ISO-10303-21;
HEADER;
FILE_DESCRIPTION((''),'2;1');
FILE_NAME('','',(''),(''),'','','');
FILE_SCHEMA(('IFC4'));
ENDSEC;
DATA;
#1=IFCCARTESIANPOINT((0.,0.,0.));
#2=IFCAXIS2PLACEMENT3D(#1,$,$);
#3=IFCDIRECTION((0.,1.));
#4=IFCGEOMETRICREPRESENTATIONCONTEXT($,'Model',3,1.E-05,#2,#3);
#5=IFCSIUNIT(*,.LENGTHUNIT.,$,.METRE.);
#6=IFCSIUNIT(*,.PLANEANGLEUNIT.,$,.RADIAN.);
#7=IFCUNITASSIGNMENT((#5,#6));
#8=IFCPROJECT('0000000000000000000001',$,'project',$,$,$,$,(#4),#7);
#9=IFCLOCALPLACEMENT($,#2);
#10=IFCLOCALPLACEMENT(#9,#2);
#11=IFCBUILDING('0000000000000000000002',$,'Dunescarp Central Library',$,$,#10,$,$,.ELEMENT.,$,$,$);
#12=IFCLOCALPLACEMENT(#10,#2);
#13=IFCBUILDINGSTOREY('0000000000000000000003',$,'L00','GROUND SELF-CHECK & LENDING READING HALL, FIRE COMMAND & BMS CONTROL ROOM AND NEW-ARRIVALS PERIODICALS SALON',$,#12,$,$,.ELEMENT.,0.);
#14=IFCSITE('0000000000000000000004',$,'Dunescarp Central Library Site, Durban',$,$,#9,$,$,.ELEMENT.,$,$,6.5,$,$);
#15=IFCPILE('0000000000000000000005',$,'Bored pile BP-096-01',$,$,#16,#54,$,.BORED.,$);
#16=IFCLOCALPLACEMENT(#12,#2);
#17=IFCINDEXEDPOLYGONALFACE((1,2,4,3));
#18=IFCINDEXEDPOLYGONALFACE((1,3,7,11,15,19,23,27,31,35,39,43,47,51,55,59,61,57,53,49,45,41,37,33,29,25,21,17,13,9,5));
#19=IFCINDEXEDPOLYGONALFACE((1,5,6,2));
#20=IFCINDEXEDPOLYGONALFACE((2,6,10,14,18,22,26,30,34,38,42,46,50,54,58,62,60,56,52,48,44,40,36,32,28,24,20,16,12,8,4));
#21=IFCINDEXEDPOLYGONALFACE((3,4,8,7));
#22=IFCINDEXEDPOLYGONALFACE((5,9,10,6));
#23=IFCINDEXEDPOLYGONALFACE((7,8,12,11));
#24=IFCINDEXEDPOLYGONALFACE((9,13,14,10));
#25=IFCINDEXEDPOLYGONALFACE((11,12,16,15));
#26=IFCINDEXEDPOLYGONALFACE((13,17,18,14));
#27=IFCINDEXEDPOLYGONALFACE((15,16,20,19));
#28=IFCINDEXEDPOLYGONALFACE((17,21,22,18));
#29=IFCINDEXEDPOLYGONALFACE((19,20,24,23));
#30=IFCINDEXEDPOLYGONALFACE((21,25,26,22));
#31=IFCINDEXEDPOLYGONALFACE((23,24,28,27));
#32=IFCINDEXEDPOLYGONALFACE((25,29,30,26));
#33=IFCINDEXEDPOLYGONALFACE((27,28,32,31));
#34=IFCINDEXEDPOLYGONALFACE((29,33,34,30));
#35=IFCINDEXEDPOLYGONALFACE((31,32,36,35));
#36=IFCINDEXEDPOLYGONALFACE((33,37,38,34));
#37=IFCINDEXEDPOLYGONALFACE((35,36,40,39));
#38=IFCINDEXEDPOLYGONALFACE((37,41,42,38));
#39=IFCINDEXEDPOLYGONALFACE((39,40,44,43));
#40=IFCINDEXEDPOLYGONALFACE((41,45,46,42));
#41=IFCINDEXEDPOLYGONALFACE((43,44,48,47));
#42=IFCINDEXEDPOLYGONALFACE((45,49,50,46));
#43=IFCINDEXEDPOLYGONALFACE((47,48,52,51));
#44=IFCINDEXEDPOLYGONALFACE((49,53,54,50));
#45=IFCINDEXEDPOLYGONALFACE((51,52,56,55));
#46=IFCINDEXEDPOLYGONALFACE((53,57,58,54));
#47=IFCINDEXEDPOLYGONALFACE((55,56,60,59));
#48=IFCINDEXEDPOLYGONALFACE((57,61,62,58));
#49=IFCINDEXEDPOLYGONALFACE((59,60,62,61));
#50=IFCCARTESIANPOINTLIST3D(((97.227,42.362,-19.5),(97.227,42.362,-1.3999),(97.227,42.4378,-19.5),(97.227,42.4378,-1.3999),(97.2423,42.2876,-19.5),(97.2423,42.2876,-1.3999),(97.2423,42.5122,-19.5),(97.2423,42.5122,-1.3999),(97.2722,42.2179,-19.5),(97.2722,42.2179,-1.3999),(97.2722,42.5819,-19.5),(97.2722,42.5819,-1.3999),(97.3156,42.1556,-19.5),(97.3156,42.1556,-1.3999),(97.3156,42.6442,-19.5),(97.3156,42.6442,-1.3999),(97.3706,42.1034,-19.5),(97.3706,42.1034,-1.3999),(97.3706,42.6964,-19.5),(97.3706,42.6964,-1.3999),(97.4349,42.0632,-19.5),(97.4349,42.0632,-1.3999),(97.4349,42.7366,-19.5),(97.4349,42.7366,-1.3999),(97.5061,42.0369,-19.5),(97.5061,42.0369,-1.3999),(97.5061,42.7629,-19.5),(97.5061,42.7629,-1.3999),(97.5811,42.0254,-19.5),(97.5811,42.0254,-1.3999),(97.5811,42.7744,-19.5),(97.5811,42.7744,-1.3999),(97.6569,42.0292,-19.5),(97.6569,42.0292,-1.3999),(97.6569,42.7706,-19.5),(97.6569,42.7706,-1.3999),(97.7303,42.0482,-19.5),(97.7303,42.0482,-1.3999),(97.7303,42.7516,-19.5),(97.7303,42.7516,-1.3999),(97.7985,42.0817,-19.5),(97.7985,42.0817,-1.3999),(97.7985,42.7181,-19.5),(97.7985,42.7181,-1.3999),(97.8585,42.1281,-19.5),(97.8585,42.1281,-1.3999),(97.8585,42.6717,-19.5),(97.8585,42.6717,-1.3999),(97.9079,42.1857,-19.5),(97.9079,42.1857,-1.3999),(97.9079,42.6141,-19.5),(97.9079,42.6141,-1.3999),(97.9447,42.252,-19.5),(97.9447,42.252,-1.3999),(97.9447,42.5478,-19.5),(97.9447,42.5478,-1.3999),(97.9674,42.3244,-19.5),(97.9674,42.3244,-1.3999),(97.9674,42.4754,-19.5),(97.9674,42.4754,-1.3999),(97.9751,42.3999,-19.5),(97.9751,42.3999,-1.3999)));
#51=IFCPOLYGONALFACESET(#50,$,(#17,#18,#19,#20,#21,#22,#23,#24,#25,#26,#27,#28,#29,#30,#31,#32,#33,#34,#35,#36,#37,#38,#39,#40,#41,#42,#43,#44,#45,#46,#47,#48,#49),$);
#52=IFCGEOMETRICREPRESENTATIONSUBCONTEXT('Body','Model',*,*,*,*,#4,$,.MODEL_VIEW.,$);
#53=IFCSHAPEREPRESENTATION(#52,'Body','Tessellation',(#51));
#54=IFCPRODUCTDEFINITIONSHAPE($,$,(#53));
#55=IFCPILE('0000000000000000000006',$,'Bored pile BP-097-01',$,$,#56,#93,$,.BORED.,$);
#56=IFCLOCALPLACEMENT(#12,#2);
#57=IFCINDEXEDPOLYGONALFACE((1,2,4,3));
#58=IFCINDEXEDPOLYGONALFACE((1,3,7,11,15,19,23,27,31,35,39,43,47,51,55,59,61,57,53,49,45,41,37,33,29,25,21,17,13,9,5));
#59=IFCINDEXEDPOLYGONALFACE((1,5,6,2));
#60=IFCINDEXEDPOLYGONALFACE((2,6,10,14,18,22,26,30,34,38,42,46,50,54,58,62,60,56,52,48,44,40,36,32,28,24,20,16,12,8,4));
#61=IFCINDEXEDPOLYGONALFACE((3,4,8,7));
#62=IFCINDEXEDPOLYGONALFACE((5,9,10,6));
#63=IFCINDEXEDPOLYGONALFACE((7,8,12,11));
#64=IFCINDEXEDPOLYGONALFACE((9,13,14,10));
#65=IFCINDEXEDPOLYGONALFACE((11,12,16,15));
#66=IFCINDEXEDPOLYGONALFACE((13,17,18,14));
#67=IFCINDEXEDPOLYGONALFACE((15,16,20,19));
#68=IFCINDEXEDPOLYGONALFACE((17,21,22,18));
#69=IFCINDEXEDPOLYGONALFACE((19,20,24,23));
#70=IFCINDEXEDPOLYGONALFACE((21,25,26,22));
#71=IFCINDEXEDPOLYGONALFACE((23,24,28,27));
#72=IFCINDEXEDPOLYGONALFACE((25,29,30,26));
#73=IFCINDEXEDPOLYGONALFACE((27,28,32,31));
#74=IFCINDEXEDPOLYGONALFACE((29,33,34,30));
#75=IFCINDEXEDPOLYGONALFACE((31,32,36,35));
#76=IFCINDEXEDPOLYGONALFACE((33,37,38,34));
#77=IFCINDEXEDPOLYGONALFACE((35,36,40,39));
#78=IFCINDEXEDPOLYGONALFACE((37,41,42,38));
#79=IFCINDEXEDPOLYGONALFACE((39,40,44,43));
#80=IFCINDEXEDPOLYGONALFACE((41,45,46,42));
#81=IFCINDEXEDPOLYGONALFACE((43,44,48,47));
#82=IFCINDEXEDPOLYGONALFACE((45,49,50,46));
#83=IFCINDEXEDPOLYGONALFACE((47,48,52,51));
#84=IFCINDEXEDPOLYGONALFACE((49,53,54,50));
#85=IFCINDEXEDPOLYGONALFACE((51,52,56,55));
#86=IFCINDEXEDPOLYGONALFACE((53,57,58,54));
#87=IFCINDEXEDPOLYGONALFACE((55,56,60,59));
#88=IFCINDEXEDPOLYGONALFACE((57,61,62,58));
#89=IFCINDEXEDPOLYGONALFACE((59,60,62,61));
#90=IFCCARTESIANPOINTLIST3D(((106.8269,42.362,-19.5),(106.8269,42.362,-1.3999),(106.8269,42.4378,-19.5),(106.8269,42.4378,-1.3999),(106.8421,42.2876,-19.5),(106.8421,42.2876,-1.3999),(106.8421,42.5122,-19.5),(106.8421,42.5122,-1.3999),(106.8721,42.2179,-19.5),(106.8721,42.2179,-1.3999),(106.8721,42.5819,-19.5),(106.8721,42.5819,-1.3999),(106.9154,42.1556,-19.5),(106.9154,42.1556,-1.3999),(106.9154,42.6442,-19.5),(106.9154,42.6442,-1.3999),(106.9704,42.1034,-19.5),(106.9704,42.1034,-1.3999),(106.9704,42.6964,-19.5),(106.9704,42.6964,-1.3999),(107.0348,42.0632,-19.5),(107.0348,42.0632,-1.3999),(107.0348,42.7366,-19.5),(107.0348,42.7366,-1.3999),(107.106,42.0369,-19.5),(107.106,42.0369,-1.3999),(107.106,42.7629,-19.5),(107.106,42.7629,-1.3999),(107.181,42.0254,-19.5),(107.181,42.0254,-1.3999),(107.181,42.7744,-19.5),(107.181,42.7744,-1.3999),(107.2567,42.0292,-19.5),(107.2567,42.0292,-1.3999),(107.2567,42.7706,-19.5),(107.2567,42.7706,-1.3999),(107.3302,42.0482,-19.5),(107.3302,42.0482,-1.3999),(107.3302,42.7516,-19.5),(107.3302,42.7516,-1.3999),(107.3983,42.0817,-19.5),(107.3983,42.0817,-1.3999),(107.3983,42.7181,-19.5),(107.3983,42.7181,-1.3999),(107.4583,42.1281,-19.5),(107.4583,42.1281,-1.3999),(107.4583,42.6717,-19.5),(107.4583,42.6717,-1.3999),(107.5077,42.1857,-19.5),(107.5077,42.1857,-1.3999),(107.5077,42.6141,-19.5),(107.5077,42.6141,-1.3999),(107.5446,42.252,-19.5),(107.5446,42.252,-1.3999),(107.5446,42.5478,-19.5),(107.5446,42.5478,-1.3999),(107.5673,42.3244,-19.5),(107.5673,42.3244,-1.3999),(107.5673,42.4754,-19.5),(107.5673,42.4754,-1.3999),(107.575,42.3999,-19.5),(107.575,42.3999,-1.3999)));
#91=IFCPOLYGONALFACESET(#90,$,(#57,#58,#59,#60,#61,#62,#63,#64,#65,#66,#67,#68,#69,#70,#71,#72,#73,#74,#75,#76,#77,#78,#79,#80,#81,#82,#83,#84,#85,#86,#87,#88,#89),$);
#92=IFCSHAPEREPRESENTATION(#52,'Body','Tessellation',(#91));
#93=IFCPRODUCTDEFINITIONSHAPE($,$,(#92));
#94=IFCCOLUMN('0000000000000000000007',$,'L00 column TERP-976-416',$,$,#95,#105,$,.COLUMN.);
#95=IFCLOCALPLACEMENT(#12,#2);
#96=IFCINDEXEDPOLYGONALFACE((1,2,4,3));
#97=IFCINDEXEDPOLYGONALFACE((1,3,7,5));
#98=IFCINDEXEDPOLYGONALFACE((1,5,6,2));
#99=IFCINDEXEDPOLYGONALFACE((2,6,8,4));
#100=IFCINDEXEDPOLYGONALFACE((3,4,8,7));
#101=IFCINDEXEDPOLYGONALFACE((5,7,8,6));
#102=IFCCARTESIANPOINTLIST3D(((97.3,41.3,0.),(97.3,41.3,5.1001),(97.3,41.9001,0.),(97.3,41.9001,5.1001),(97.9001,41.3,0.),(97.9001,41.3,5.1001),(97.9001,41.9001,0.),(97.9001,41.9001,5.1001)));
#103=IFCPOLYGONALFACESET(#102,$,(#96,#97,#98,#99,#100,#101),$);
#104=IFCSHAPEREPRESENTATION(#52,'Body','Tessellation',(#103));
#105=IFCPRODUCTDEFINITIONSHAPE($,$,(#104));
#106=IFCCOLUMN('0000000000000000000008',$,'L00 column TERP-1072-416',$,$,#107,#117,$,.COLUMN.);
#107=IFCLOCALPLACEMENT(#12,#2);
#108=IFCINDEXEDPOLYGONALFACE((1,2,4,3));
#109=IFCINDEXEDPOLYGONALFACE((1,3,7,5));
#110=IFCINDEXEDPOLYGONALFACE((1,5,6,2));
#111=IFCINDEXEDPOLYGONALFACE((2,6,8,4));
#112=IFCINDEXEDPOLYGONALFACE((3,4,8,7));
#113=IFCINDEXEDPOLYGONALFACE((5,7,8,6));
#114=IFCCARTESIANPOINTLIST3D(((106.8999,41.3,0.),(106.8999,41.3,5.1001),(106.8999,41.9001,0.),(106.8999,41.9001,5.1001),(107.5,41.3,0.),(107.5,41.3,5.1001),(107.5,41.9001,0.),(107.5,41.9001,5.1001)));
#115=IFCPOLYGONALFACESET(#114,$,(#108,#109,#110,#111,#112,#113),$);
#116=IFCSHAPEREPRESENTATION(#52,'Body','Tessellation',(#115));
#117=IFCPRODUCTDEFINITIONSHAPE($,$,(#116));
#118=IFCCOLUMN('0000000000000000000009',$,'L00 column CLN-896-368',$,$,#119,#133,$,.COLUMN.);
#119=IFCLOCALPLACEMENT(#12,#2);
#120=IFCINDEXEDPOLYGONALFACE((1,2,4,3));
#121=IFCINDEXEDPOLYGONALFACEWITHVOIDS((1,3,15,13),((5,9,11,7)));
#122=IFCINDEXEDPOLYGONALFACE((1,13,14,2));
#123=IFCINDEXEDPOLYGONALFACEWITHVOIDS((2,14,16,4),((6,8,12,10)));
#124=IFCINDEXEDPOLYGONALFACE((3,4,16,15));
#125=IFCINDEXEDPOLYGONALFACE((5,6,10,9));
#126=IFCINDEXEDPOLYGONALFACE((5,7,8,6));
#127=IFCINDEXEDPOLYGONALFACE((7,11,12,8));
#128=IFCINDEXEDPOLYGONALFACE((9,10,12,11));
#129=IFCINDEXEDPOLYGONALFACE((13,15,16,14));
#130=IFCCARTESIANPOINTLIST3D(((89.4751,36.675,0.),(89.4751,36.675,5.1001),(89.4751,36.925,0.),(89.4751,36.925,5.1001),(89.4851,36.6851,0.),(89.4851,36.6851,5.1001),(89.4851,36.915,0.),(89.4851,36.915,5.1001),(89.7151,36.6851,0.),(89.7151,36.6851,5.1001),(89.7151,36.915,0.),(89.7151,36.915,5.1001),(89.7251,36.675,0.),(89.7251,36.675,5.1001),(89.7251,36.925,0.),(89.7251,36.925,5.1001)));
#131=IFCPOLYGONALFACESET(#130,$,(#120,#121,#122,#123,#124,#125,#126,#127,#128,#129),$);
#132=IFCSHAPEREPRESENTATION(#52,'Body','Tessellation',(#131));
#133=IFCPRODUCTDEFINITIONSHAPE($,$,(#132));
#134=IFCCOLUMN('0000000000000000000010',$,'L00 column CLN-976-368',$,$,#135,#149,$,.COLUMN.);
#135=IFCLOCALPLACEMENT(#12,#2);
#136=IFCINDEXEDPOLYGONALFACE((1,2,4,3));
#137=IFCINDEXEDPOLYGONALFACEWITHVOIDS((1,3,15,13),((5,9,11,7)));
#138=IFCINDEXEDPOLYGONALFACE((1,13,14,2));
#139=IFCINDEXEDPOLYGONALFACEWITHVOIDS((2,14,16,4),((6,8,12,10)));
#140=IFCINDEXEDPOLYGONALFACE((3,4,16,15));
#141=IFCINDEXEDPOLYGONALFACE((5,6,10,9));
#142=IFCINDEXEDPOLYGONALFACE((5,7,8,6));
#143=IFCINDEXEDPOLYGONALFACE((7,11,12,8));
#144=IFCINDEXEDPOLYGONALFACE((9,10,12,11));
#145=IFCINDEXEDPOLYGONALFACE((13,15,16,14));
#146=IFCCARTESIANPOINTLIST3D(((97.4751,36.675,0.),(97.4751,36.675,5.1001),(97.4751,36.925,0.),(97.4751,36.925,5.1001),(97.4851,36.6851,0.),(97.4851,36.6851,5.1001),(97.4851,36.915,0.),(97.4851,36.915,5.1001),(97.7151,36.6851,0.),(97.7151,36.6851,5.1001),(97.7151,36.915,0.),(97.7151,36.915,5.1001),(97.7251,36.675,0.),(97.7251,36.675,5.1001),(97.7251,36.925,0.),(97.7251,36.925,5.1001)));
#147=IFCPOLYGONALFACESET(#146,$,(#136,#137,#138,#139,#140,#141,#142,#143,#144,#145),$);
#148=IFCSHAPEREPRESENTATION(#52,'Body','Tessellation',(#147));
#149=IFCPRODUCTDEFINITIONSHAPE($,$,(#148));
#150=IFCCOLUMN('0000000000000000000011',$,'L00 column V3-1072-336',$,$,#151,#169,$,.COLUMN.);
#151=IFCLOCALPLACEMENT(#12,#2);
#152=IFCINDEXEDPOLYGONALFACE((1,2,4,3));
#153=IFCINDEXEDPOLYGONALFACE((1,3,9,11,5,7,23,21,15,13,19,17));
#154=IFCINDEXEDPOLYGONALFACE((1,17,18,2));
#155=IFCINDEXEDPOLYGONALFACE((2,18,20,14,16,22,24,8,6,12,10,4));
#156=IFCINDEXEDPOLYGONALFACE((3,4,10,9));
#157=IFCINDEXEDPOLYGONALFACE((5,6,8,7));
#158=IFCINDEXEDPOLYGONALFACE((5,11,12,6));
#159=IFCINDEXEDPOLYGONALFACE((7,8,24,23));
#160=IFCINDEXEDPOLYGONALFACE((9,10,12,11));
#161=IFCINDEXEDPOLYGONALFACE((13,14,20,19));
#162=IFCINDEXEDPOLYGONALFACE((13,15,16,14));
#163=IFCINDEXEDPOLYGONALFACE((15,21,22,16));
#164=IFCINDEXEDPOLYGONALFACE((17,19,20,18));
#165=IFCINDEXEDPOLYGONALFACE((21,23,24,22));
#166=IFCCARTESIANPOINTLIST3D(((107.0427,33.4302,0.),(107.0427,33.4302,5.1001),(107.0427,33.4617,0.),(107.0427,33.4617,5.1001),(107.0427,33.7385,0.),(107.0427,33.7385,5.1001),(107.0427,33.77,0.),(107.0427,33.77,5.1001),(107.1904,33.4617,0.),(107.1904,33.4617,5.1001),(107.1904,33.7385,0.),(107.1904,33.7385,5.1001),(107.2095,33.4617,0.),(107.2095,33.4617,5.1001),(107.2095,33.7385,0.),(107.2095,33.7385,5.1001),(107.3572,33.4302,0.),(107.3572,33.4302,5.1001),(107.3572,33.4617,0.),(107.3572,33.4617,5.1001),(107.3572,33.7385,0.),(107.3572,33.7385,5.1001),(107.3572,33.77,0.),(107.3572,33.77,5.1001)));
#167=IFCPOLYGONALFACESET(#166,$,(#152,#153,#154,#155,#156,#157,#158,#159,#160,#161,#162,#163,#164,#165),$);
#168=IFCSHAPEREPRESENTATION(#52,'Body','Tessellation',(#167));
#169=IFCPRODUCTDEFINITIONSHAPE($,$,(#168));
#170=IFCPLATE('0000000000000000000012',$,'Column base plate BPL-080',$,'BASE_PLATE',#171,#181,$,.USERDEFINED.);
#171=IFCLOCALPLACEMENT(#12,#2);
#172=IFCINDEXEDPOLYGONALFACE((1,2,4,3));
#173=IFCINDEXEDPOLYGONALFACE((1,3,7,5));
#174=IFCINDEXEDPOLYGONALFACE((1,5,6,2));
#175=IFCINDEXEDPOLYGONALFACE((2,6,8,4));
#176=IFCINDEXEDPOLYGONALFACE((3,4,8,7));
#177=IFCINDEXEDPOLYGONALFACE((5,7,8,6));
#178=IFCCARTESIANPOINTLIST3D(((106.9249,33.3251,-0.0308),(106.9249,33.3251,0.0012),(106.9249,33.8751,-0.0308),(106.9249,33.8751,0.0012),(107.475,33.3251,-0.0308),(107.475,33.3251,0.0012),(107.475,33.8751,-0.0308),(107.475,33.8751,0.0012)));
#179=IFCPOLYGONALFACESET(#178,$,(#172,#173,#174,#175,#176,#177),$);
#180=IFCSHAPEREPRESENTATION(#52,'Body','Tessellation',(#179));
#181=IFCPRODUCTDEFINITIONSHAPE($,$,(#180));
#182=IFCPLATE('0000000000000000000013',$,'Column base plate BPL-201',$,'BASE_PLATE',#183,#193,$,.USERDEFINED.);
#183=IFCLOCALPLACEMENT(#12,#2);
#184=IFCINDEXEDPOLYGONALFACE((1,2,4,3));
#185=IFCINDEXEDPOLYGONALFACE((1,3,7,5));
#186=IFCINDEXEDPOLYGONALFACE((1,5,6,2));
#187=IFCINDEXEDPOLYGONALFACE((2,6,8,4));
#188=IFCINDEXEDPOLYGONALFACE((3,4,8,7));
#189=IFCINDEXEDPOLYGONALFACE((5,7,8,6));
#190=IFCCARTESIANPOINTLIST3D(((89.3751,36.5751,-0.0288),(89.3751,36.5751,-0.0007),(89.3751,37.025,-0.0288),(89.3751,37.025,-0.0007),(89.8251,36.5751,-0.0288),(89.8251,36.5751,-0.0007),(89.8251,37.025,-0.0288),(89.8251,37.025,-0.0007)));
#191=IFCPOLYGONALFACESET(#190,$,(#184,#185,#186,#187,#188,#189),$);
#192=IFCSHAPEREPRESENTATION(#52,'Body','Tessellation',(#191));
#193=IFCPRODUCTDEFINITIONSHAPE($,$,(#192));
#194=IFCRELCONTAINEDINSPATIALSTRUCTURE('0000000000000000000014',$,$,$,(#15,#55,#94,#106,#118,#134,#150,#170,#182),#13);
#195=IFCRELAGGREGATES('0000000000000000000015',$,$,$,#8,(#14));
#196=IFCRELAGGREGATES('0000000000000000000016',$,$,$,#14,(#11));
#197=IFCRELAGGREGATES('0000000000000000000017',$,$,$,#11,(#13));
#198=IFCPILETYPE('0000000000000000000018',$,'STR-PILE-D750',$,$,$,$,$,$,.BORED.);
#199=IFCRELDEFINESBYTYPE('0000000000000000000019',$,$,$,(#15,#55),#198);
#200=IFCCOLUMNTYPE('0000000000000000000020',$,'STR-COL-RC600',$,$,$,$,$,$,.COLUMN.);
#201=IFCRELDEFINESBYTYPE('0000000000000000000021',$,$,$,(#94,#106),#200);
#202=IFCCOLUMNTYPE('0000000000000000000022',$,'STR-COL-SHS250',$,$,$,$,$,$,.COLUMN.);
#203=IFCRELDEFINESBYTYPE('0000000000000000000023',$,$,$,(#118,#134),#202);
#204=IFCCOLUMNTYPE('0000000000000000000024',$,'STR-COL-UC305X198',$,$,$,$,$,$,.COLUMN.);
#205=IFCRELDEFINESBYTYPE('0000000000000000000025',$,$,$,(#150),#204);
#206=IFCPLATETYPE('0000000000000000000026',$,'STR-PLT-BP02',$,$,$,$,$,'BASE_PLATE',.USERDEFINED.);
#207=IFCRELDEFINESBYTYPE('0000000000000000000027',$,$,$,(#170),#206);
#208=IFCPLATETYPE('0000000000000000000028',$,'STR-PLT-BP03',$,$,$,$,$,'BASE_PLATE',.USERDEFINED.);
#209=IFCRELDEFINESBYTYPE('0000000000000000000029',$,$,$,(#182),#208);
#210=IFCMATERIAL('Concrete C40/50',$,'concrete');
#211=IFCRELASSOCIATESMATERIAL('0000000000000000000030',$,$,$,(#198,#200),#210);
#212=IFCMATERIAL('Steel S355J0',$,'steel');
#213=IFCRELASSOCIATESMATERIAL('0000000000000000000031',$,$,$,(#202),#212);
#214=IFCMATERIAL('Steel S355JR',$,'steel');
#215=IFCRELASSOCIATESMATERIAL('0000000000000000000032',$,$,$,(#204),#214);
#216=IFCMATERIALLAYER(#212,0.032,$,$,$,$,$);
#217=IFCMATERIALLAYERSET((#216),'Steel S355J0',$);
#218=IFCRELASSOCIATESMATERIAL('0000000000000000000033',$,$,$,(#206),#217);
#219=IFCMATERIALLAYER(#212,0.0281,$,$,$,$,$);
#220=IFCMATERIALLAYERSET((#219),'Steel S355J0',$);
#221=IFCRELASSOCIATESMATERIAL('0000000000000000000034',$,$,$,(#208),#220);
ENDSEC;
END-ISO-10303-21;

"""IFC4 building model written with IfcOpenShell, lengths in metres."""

from ifc_helpers import new_model, si_unit, direction, frame, origin, origin_2d, place, context, subcontext, project, spatial, rectangle, hollow_rectangle, circle, i_section, extrude, material, layer, layer_set, material_profile, profile_set, type_object, element, save


model = new_model("IFC4")

# Units and contexts
model_context = context("Model", 3, precision=1e-05, world=origin(), true_north=direction((0.0, 1.0)))
body_context = subcontext(model_context, "Body", "Model", "MODEL_VIEW")
ifc_project = project(units=[si_unit("LENGTHUNIT", "METRE"), si_unit("PLANEANGLEUNIT", "RADIAN")], contexts=[model_context])

# Site, building, storey
site_placement = place(None, origin())
site = spatial("IfcSite", under=ifc_project, at=site_placement, Name="Dunescarp Central Library Site, Durban", CompositionType="ELEMENT", RefElevation=6.5)
building_placement = place(site_placement, origin())
building = spatial("IfcBuilding", under=site, at=building_placement, Name="Dunescarp Central Library", CompositionType="ELEMENT")
storey_placement = place(building_placement, origin())
storey = spatial("IfcBuildingStorey", under=building, at=storey_placement, Name="L00", Description="GROUND SELF-CHECK & LENDING READING HALL, FIRE COMMAND & BMS CONTROL ROOM AND NEW-ARRIVALS PERIODICALS SALON", CompositionType="ELEMENT", Elevation=0.0)

# Shared definitions
ifc_material_1 = material(Name="Concrete C40/50", Category="concrete")

# Piles
ifc_material_profile_1 = material_profile(ifc_material_1, circle(Radius=0.375, at=origin_2d()), Name="PILE D750")
ifc_profile_set_1 = profile_set([ifc_material_profile_1], Name="Concrete C40/50")
pile_type = type_object("IfcPileType", Name="STR-PILE-D750", PredefinedType="BORED", material=ifc_profile_set_1)
for number, where, z_axis, x_axis, name in (
    (1, (97.6001, 42.3999, -1.3999), (0.0, 0.0, -1.0), (1.0, 0.0, 0.0), "Bored pile BP-096-01"),
    (2, (107.2, 42.3999, -1.3999), (0.0, 0.0, -1.0), (1.0, 0.0, 0.0), "Bored pile BP-097-01"),
):
    element("IfcPile", number, at=place(storey_placement, frame(where, z_axis=z_axis, x_axis=x_axis)), inside=storey, type_object=pile_type, Name=name, PredefinedType="BORED", context=body_context, shape_type="SweptSolid", body=[
        extrude(circle(Radius=0.375, at=origin_2d()), origin(), (0.0, 0.0, 1.0), 18.1001),
    ])

# Columns
ifc_material_profile_2 = material_profile(ifc_material_1, rectangle(XDim=0.6001, YDim=0.6001, at=origin_2d()), Name="RC 600x600")
ifc_profile_set_2 = profile_set([ifc_material_profile_2], Name="Concrete C40/50")
column_type_1 = type_object("IfcColumnType", Name="STR-COL-RC600", PredefinedType="COLUMN", material=ifc_profile_set_2)
for number, where, z_axis, x_axis, name in (
    (3, (97.6001, 41.6001, 0.0), (0.0, 0.0, 1.0), (1.0, 0.0, 0.0), "L00 column TERP-976-416"),
    (4, (107.2, 41.6001, 0.0), (0.0, 0.0, 1.0), (1.0, 0.0, 0.0), "L00 column TERP-1072-416"),
):
    element("IfcColumn", number, at=place(storey_placement, frame(where, z_axis=z_axis, x_axis=x_axis)), inside=storey, type_object=column_type_1, Name=name, PredefinedType="COLUMN", context=body_context, shape_type="SweptSolid", body=[
        extrude(rectangle(XDim=0.6001, YDim=0.6001, at=origin_2d()), origin(), (0.0, 0.0, 1.0), 5.1001),
    ])
ifc_material_2 = material(Name="Steel S355J0", Category="steel")
ifc_material_profile_3 = material_profile(ifc_material_2, hollow_rectangle(XDim=0.25, YDim=0.25, WallThickness=0.01, at=origin_2d()), Name="SHS 250x250x10")
ifc_profile_set_3 = profile_set([ifc_material_profile_3], Name="Steel S355J0")
column_type_2 = type_object("IfcColumnType", Name="STR-COL-SHS250", PredefinedType="COLUMN", material=ifc_profile_set_3)
for number, where, z_axis, x_axis, name in (
    (5, (89.6001, 36.8, 0.0), (0.0, 0.0, 1.0), (1.0, 0.0, 0.0), "L00 column CLN-896-368"),
    (6, (97.6001, 36.8, 0.0), (0.0, 0.0, 1.0), (1.0, 0.0, 0.0), "L00 column CLN-976-368"),
):
    element("IfcColumn", number, at=place(storey_placement, frame(where, z_axis=z_axis, x_axis=x_axis)), inside=storey, type_object=column_type_2, Name=name, PredefinedType="COLUMN", context=body_context, shape_type="SweptSolid", body=[
        extrude(hollow_rectangle(XDim=0.25, YDim=0.25, WallThickness=0.01, at=origin_2d()), origin(), (0.0, 0.0, 1.0), 5.1001),
    ])
ifc_material_3 = material(Name="Steel S355JR", Category="steel")
ifc_material_profile_4 = material_profile(ifc_material_3, i_section(OverallWidth=0.3145, OverallDepth=0.3398, WebThickness=0.019, FlangeThickness=0.0315, at=origin_2d()), Name="UC 305x305x198")
ifc_profile_set_4 = profile_set([ifc_material_profile_4], Name="Steel S355JR")
column_type_3 = type_object("IfcColumnType", Name="STR-COL-UC305X198", PredefinedType="COLUMN", material=ifc_profile_set_4)
column_placement = place(storey_placement, frame((107.2, 33.6001, 0.0), z_axis=(0.0, 0.0, 1.0), x_axis=(1.0, 0.0, 0.0)))
element("IfcColumn", 7, at=column_placement, inside=storey, type_object=column_type_3, Name="L00 column V3-1072-336", PredefinedType="COLUMN", context=body_context, shape_type="SweptSolid", body=[
    extrude(i_section(OverallWidth=0.3145, OverallDepth=0.3398, WebThickness=0.019, FlangeThickness=0.0315, at=origin_2d()), origin(), (0.0, 0.0, 1.0), 5.1001),
])

# Plates
ifc_layer_1 = layer(ifc_material_2, 0.032)
ifc_layer_set_1 = layer_set([ifc_layer_1], Name="Steel S355J0")
plate_type_1 = type_object("IfcPlateType", Name="STR-PLT-BP02", ElementType="BASE_PLATE", PredefinedType="USERDEFINED", material=ifc_layer_set_1)
plate_placement = place(storey_placement, frame((107.2, 33.6001, -0.0308), z_axis=(0.0, 0.0, 1.0), x_axis=(1.0, 0.0, 0.0)))
element("IfcPlate", 8, at=plate_placement, inside=storey, type_object=plate_type_1, Name="Column base plate BPL-080", ObjectType="BASE_PLATE", PredefinedType="USERDEFINED", context=body_context, shape_type="SweptSolid", body=[
    extrude(rectangle(XDim=0.55, YDim=0.55, at=origin_2d()), origin(), (0.0, 0.0, 1.0), 0.032),
])
ifc_layer_2 = layer(ifc_material_2, 0.0281)
ifc_layer_set_2 = layer_set([ifc_layer_2], Name="Steel S355J0")
plate_type_2 = type_object("IfcPlateType", Name="STR-PLT-BP03", ElementType="BASE_PLATE", PredefinedType="USERDEFINED", material=ifc_layer_set_2)
for number, where, z_axis, x_axis, name in (
    (9, (89.6001, 36.8, -0.0288), (0.0, 0.0, 1.0), (1.0, 0.0, 0.0), "Column base plate BPL-201"),
):
    element("IfcPlate", number, at=place(storey_placement, frame(where, z_axis=z_axis, x_axis=x_axis)), inside=storey, type_object=plate_type_2, Name=name, ObjectType="BASE_PLATE", PredefinedType="USERDEFINED", context=body_context, shape_type="SweptSolid", body=[
        extrude(rectangle(XDim=0.45, YDim=0.45, at=origin_2d()), origin(), (0.0, 0.0, 1.0), 0.0281),
    ])

save(model, "model.ifc")
